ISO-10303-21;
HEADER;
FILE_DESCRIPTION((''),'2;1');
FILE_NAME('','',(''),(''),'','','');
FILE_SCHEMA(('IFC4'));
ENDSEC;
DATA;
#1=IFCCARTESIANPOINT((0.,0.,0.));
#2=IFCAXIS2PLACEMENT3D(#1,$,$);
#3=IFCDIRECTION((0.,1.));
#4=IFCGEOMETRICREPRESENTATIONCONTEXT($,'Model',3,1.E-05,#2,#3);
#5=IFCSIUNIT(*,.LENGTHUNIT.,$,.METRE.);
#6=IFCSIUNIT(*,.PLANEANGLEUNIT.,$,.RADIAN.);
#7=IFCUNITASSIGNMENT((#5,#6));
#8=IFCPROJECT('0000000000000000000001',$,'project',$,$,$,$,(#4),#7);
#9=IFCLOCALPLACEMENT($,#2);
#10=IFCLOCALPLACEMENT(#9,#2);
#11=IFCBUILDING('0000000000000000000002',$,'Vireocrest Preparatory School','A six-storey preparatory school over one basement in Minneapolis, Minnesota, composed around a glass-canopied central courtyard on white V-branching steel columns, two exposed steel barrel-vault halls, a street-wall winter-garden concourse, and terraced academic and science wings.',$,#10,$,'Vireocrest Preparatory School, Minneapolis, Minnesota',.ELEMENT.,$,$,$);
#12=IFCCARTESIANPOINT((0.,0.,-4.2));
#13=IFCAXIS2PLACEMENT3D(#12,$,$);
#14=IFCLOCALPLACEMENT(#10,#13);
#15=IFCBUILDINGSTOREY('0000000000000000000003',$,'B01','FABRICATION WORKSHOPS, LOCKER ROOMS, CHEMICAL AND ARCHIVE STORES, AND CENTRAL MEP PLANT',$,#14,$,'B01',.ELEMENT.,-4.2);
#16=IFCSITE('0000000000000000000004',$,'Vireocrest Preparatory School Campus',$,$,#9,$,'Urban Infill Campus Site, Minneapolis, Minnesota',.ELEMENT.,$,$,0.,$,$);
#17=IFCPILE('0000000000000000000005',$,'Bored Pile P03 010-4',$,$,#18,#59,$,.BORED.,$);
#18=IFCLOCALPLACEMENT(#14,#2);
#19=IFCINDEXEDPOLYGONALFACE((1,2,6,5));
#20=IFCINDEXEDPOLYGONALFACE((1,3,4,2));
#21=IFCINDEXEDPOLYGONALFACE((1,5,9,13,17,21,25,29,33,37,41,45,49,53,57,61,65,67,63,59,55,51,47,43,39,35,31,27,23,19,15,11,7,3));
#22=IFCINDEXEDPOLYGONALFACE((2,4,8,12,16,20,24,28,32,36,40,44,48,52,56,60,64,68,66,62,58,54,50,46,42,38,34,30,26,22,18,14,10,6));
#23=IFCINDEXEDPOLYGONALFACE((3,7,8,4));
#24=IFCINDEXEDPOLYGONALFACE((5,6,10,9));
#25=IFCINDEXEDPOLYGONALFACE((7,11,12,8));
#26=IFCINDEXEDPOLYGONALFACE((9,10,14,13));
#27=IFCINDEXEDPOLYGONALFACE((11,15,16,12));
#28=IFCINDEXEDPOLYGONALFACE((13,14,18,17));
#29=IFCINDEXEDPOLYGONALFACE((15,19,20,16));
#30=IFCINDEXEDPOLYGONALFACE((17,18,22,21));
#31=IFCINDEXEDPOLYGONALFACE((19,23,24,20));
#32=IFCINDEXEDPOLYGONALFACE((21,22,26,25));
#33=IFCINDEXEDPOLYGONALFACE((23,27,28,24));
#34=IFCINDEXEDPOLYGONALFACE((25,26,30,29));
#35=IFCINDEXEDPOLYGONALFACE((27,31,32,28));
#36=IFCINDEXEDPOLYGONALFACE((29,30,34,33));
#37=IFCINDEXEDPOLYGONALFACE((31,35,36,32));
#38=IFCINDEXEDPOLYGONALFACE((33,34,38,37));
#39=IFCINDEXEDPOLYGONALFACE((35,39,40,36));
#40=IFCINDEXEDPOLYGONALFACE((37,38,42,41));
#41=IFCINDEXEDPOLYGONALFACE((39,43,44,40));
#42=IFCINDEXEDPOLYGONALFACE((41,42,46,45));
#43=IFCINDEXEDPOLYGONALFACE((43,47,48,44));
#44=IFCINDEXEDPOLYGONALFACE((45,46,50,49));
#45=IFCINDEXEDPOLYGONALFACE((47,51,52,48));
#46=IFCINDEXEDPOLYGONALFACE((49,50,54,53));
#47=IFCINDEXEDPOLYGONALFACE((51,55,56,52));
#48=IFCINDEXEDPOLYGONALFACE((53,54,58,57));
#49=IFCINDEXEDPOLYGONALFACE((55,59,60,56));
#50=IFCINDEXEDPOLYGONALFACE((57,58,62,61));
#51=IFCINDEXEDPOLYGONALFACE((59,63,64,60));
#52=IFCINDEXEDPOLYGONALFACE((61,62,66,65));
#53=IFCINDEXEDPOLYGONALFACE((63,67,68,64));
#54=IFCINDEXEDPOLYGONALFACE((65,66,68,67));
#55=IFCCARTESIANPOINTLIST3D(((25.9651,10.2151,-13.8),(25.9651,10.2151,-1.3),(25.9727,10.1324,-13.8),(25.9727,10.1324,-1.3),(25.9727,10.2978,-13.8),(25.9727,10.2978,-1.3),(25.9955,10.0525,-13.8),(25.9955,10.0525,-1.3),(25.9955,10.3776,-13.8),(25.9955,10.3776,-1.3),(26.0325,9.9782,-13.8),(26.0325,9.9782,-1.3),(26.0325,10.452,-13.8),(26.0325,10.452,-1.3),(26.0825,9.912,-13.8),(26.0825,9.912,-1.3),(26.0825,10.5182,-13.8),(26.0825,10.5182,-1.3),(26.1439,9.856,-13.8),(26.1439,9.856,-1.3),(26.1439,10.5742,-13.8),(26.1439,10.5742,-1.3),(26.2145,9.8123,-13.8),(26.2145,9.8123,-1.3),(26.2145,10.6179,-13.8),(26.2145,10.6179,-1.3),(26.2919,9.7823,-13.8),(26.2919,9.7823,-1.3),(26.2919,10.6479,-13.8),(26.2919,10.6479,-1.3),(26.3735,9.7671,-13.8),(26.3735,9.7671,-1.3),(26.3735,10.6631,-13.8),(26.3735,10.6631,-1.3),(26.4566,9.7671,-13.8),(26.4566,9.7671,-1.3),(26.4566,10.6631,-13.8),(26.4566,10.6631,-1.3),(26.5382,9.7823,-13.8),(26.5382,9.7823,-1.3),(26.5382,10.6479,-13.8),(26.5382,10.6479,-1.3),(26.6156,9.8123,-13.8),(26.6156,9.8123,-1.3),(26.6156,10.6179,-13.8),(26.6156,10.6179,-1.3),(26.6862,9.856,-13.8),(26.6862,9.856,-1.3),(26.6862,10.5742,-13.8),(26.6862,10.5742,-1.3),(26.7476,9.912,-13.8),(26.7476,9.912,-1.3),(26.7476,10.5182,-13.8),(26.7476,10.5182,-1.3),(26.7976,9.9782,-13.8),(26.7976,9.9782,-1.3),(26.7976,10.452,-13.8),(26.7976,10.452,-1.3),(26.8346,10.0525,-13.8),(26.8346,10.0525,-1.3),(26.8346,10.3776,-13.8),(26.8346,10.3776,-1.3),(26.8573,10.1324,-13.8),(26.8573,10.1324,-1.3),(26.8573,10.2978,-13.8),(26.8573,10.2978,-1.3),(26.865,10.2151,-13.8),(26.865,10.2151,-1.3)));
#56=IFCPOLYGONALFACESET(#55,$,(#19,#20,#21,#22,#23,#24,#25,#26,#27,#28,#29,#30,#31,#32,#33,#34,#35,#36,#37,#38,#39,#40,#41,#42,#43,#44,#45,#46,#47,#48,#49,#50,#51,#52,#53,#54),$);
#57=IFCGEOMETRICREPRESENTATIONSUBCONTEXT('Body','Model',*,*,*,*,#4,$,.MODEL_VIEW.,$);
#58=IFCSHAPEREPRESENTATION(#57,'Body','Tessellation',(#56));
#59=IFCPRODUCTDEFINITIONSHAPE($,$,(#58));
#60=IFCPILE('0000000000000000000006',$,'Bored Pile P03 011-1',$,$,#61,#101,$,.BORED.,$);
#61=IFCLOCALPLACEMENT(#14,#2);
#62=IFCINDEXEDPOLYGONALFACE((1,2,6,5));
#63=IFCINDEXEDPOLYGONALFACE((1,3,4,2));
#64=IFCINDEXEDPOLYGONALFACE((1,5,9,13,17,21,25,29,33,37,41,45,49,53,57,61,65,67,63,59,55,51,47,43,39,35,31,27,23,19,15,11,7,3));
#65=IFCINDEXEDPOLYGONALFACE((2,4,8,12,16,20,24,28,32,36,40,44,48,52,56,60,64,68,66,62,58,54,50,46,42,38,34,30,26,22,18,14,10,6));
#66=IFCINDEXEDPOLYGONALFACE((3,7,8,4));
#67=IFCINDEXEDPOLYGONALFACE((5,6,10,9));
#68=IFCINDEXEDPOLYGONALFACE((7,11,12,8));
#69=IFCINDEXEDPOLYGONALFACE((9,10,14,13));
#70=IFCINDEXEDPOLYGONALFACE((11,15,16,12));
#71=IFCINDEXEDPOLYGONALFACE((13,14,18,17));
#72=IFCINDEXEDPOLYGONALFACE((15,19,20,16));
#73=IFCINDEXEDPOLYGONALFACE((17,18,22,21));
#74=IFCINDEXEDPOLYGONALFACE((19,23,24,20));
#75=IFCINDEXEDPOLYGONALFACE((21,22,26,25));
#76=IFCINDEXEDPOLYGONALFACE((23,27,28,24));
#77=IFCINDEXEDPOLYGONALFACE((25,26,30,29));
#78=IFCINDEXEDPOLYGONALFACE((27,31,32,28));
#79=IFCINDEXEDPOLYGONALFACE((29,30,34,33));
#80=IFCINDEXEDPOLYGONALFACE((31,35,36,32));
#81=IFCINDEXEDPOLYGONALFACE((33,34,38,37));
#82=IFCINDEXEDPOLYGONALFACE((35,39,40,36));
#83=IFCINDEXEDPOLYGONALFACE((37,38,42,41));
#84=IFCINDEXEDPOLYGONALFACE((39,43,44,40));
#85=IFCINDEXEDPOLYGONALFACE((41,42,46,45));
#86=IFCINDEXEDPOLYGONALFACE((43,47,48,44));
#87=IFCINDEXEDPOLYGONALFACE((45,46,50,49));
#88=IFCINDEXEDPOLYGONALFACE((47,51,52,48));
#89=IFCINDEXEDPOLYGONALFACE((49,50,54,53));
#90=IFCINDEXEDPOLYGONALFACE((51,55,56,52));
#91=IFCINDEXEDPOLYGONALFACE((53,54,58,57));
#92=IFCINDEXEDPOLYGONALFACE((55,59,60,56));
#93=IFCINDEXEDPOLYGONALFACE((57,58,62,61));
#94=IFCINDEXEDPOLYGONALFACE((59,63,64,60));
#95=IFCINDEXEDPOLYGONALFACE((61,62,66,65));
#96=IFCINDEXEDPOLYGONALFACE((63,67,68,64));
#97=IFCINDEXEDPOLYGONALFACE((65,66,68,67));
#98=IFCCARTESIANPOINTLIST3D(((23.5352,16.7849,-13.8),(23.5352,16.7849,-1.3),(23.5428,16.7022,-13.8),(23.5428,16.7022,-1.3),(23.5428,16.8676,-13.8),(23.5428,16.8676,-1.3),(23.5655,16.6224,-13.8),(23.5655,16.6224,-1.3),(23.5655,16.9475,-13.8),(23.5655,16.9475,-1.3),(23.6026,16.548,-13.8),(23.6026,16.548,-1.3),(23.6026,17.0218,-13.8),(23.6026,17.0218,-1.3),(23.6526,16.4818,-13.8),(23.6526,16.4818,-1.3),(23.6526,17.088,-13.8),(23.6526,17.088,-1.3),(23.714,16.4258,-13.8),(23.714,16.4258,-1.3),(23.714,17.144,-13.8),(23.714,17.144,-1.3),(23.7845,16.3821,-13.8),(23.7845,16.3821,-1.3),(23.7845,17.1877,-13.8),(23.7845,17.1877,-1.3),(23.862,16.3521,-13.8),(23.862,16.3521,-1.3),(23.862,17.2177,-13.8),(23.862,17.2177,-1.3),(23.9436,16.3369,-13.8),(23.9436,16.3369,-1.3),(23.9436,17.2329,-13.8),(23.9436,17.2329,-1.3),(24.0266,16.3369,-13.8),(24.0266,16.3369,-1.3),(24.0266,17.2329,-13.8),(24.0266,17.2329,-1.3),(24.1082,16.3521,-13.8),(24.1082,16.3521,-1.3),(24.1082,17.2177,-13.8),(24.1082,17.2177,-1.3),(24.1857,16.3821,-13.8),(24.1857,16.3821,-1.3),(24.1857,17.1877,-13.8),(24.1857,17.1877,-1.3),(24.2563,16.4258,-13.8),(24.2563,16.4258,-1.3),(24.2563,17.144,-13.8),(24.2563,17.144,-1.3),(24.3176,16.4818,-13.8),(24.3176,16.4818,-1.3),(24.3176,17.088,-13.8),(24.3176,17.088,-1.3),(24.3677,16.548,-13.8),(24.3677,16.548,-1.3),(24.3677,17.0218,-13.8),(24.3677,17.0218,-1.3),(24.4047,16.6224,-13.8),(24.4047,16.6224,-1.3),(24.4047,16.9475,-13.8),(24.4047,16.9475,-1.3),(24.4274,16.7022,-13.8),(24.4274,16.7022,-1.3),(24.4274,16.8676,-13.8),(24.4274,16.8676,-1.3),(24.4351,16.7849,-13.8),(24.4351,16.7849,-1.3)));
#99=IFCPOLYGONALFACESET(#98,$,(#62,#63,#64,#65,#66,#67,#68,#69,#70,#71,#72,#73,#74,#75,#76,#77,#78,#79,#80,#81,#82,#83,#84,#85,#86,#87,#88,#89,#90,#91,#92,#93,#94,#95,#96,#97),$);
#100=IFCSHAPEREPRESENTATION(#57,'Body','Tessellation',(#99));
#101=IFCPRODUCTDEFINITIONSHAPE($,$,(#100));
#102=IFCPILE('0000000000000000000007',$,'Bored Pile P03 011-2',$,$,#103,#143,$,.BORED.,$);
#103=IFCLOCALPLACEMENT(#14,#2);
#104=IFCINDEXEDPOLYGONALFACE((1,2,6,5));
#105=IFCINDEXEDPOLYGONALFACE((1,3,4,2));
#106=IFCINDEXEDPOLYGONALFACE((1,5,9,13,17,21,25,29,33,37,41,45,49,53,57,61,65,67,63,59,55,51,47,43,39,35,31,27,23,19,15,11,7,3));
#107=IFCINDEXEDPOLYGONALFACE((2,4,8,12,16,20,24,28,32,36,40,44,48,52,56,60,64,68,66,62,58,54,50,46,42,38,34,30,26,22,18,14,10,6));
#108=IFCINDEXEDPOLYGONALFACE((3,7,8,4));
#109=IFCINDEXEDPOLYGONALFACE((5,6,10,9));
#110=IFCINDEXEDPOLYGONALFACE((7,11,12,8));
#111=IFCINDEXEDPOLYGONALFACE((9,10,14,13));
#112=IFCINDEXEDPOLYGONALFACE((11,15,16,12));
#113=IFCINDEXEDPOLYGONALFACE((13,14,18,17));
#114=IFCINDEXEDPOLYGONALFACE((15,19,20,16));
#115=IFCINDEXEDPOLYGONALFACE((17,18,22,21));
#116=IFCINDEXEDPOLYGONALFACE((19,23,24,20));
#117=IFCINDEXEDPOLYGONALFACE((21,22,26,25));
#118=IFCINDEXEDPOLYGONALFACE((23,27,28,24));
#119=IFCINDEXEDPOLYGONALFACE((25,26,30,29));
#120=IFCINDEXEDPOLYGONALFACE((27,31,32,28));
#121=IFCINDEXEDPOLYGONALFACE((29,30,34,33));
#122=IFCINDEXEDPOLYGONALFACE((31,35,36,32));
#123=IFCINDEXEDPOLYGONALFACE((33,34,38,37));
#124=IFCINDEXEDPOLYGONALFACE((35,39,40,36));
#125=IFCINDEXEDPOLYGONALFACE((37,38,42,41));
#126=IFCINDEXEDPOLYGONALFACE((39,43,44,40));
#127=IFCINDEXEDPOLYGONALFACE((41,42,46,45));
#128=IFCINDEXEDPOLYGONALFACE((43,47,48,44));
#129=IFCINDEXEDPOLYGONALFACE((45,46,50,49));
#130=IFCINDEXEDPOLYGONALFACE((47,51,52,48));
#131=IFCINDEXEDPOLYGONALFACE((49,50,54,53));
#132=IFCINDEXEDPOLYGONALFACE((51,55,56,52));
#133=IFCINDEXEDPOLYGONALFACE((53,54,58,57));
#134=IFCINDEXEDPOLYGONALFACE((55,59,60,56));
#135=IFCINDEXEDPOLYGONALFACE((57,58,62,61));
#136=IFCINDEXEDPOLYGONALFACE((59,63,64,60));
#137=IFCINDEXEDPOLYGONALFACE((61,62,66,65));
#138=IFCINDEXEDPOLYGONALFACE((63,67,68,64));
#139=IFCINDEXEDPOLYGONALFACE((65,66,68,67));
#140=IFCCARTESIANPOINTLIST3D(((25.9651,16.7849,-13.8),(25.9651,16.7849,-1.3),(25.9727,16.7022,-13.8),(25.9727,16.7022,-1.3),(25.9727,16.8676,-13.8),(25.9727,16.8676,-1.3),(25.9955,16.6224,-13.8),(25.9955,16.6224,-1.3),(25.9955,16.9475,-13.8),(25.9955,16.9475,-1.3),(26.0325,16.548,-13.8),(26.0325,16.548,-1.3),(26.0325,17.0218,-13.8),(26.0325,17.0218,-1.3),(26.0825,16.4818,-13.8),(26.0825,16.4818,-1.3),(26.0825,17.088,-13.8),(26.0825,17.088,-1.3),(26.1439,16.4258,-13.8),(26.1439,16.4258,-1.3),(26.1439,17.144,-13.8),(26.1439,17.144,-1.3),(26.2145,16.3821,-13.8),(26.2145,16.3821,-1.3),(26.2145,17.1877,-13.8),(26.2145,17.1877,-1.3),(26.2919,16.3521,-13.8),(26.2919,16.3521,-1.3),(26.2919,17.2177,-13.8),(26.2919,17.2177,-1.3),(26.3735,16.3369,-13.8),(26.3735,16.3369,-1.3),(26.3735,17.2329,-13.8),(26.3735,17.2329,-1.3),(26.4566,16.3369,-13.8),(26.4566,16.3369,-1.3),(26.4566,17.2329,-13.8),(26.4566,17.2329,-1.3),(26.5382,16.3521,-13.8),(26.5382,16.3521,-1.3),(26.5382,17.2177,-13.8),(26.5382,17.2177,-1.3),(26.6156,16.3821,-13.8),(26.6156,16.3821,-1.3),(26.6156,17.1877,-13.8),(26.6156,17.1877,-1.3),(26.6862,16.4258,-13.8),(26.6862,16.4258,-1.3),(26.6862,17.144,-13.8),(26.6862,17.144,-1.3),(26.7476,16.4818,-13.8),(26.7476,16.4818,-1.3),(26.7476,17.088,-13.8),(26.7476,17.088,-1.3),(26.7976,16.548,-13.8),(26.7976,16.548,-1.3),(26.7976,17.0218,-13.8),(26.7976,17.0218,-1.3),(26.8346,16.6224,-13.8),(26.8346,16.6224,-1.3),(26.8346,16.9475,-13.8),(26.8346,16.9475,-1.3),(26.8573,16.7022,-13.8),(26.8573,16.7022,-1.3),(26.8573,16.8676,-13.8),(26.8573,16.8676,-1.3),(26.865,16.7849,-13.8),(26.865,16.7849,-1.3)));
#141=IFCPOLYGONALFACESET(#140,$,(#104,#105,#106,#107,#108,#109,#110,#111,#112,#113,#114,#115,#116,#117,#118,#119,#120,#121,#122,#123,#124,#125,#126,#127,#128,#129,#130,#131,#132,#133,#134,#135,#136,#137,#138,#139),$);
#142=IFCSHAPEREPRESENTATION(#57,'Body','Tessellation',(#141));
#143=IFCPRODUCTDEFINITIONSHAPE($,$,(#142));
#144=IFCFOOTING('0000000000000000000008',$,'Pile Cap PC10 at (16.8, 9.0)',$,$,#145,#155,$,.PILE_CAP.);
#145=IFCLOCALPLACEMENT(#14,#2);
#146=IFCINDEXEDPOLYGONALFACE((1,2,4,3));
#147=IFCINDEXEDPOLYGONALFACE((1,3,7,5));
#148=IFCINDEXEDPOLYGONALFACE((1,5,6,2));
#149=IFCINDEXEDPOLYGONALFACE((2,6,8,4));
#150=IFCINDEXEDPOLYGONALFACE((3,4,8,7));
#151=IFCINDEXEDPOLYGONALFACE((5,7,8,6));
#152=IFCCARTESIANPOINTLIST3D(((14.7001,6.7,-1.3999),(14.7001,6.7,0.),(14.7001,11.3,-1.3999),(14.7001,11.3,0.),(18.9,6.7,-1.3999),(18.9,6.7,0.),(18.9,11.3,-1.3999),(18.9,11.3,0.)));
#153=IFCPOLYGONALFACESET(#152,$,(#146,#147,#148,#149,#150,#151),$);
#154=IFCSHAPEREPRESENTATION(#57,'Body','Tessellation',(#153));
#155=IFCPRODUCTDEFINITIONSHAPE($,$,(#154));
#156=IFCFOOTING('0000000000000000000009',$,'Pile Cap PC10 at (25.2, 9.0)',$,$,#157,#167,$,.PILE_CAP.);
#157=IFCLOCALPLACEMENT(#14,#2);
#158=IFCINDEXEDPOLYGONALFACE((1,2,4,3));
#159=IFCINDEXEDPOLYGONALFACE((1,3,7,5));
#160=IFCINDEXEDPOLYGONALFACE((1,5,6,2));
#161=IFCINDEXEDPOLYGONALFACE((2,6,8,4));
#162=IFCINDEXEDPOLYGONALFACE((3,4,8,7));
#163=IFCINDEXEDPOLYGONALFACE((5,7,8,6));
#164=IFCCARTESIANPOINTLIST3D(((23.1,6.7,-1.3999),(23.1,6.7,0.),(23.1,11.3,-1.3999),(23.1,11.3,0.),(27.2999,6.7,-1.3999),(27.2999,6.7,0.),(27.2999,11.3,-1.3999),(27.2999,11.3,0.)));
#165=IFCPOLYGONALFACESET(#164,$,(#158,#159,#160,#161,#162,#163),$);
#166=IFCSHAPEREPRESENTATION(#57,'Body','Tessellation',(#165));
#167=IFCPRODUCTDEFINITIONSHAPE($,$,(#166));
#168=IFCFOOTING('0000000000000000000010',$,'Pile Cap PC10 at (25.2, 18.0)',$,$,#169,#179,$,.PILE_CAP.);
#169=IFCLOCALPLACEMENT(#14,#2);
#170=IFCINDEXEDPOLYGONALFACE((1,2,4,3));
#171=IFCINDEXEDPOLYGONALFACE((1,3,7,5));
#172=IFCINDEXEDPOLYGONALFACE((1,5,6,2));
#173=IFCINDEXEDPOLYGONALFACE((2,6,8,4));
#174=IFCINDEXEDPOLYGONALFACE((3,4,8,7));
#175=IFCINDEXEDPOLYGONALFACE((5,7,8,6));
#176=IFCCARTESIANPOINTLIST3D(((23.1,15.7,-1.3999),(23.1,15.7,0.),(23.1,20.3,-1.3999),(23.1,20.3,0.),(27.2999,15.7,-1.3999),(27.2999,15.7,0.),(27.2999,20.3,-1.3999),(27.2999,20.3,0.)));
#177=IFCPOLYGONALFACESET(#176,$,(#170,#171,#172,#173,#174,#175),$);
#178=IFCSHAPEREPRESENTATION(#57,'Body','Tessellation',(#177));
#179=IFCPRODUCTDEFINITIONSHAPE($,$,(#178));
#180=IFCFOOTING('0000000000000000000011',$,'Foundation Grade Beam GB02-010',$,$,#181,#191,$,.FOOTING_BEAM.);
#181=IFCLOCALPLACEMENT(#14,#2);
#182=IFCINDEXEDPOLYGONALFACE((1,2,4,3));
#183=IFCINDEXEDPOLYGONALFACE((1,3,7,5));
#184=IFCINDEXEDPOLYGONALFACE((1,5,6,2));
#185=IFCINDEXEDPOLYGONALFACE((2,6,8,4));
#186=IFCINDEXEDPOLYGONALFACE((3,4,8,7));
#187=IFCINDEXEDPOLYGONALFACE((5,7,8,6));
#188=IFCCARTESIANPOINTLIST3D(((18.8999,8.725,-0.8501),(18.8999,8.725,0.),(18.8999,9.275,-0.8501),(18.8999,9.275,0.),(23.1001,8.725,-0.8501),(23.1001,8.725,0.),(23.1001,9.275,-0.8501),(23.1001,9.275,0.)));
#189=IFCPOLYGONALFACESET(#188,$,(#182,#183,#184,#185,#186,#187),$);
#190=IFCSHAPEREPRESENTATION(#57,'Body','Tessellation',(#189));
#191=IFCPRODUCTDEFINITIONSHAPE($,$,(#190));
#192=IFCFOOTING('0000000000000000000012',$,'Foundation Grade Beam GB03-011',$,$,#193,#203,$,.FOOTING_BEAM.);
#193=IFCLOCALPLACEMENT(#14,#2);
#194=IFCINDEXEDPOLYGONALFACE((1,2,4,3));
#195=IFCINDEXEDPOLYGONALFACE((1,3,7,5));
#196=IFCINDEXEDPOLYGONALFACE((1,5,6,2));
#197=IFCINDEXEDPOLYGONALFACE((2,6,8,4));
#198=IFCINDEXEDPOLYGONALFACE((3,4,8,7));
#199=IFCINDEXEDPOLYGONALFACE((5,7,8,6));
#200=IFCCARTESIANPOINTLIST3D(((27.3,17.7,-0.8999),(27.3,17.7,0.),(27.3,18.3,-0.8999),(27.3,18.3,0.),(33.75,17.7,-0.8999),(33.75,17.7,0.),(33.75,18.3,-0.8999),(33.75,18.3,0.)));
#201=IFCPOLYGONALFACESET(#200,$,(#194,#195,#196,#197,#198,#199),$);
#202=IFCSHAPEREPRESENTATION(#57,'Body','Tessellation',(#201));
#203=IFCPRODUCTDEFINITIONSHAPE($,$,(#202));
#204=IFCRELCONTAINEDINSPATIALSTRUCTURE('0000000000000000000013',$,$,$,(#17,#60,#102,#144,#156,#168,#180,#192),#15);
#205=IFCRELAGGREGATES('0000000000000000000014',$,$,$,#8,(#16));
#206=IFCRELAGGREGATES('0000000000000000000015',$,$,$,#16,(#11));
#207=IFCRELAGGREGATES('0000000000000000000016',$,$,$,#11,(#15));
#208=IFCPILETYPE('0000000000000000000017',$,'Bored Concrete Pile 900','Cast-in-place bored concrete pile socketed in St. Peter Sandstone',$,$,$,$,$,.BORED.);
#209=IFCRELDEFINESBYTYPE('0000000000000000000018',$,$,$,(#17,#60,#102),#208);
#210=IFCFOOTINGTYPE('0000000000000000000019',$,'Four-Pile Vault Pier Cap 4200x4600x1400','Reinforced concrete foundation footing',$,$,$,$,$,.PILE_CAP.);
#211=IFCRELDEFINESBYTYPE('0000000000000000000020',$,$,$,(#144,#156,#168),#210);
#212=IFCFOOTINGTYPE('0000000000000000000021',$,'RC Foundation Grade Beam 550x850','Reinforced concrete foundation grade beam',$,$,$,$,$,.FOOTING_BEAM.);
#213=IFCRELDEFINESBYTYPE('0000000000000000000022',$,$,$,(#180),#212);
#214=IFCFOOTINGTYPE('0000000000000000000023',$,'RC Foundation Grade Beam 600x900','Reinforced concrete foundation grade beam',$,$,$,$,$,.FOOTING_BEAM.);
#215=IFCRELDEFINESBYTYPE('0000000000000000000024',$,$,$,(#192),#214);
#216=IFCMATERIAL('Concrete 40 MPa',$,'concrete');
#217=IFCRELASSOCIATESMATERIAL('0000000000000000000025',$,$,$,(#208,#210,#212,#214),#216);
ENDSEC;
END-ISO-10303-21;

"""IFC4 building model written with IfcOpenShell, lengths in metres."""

from ifc_helpers import new_model, si_unit, direction, frame, origin, origin_2d, place, context, subcontext, project, spatial, rectangle, circle, extrude, material, material_profile, profile_set, type_object, element, save


model = new_model("IFC4")

# Units and contexts
model_context = context("Model", 3, precision=1e-05, world=origin(), true_north=direction((0.0, 1.0)))
body_context = subcontext(model_context, "Body", "Model", "MODEL_VIEW")
ifc_project = project(units=[si_unit("LENGTHUNIT", "METRE"), si_unit("PLANEANGLEUNIT", "RADIAN")], contexts=[model_context])

# Site, building, storey
site_placement = place(None, origin())
site = spatial("IfcSite", under=ifc_project, at=site_placement, Name="Vireocrest Preparatory School Campus", LongName="Urban Infill Campus Site, Minneapolis, Minnesota", CompositionType="ELEMENT", RefElevation=0.0)
building_placement = place(site_placement, origin())
building = spatial("IfcBuilding", under=site, at=building_placement, Name="Vireocrest Preparatory School", Description="A six-storey preparatory school over one basement in Minneapolis, Minnesota, composed around a glass-canopied central courtyard on white V-branching steel columns, two exposed steel barrel-vault halls, a street-wall winter-garden concourse, and terraced academic and science wings.", LongName="Vireocrest Preparatory School, Minneapolis, Minnesota", CompositionType="ELEMENT")
storey_placement = place(building_placement, frame((0.0, 0.0, -4.2)))
storey = spatial("IfcBuildingStorey", under=building, at=storey_placement, Name="B01", Description="FABRICATION WORKSHOPS, LOCKER ROOMS, CHEMICAL AND ARCHIVE STORES, AND CENTRAL MEP PLANT", LongName="B01", CompositionType="ELEMENT", Elevation=-4.2)

# Piles
ifc_material_1 = material(Name="Concrete 40 MPa", Category="concrete")
ifc_material_profile_1 = material_profile(ifc_material_1, circle(Radius=0.45, at=origin_2d()), Name="BORED PILE 900")
ifc_profile_set_1 = profile_set([ifc_material_profile_1], Name="Concrete 40 MPa")
pile_type = type_object("IfcPileType", Name="Bored Concrete Pile 900", Description="Cast-in-place bored concrete pile socketed in St. Peter Sandstone", PredefinedType="BORED", material=ifc_profile_set_1)
for number, where, z_axis, x_axis, name in (
    (1, (26.415, 10.2151, -1.3), (0.0, 0.0, -1.0), (1.0, 0.0, 0.0), "Bored Pile P03 010-4"),
    (2, (23.9851, 16.7849, -1.3), (0.0, 0.0, -1.0), (1.0, 0.0, 0.0), "Bored Pile P03 011-1"),
    (3, (26.415, 16.7849, -1.3), (0.0, 0.0, -1.0), (1.0, 0.0, 0.0), "Bored Pile P03 011-2"),
):
    element("IfcPile", number, at=place(storey_placement, frame(where, z_axis=z_axis, x_axis=x_axis)), inside=storey, type_object=pile_type, Name=name, PredefinedType="BORED", context=body_context, shape_type="SweptSolid", body=[
        extrude(circle(Radius=0.45, at=origin_2d()), origin(), (0.0, 0.0, 1.0), 12.5),
    ])

# Footings
footing_type_1 = type_object("IfcFootingType", Name="Four-Pile Vault Pier Cap 4200x4600x1400", Description="Reinforced concrete foundation footing", PredefinedType="PILE_CAP", material=ifc_material_1)
for number, where, z_axis, x_axis, name in (
    (4, (16.8, 9.0, -1.3999), (0.0, 0.0, 1.0), (1.0, 0.0, 0.0), "Pile Cap PC10 at (16.8, 9.0)"),
    (5, (25.2, 9.0, -1.3999), (0.0, 0.0, 1.0), (1.0, 0.0, 0.0), "Pile Cap PC10 at (25.2, 9.0)"),
    (6, (25.2, 18.0, -1.3999), (0.0, 0.0, 1.0), (1.0, 0.0, 0.0), "Pile Cap PC10 at (25.2, 18.0)"),
):
    element("IfcFooting", number, at=place(storey_placement, frame(where, z_axis=z_axis, x_axis=x_axis)), inside=storey, type_object=footing_type_1, Name=name, PredefinedType="PILE_CAP", context=body_context, shape_type="SweptSolid", body=[
        extrude(rectangle(XDim=4.2, YDim=4.6001, at=origin_2d()), origin(), (0.0, 0.0, 1.0), 1.3999),
    ])
ifc_material_profile_2 = material_profile(ifc_material_1, rectangle(XDim=0.55, YDim=0.8501, at=origin_2d()), Name="GB 550x850")
ifc_profile_set_2 = profile_set([ifc_material_profile_2], Name="Concrete 40 MPa")
footing_type_2 = type_object("IfcFootingType", Name="RC Foundation Grade Beam 550x850", Description="Reinforced concrete foundation grade beam", PredefinedType="FOOTING_BEAM", material=ifc_profile_set_2)
footing_1_placement = place(storey_placement, frame((18.8999, 9.0, -0.425), z_axis=(1.0, 0.0, 0.0), x_axis=(0.0, 1.0, 0.0)))
element("IfcFooting", 7, at=footing_1_placement, inside=storey, type_object=footing_type_2, Name="Foundation Grade Beam GB02-010", PredefinedType="FOOTING_BEAM", context=body_context, shape_type="SweptSolid", body=[
    extrude(rectangle(XDim=0.55, YDim=0.8501, at=origin_2d()), origin(), (0.0, 0.0, 1.0), 4.2002),
])
ifc_material_profile_3 = material_profile(ifc_material_1, rectangle(XDim=0.6001, YDim=0.8999, at=origin_2d()), Name="GB 600x900")
ifc_profile_set_3 = profile_set([ifc_material_profile_3], Name="Concrete 40 MPa")
footing_type_3 = type_object("IfcFootingType", Name="RC Foundation Grade Beam 600x900", Description="Reinforced concrete foundation grade beam", PredefinedType="FOOTING_BEAM", material=ifc_profile_set_3)
footing_2_placement = place(storey_placement, frame((27.3, 18.0, -0.45), z_axis=(1.0, 0.0, 0.0), x_axis=(0.0, 1.0, 0.0)))
element("IfcFooting", 8, at=footing_2_placement, inside=storey, type_object=footing_type_3, Name="Foundation Grade Beam GB03-011", PredefinedType="FOOTING_BEAM", context=body_context, shape_type="SweptSolid", body=[
    extrude(rectangle(XDim=0.6001, YDim=0.8999, at=origin_2d()), origin(), (0.0, 0.0, 1.0), 6.45),
])

save(model, "model.ifc")
